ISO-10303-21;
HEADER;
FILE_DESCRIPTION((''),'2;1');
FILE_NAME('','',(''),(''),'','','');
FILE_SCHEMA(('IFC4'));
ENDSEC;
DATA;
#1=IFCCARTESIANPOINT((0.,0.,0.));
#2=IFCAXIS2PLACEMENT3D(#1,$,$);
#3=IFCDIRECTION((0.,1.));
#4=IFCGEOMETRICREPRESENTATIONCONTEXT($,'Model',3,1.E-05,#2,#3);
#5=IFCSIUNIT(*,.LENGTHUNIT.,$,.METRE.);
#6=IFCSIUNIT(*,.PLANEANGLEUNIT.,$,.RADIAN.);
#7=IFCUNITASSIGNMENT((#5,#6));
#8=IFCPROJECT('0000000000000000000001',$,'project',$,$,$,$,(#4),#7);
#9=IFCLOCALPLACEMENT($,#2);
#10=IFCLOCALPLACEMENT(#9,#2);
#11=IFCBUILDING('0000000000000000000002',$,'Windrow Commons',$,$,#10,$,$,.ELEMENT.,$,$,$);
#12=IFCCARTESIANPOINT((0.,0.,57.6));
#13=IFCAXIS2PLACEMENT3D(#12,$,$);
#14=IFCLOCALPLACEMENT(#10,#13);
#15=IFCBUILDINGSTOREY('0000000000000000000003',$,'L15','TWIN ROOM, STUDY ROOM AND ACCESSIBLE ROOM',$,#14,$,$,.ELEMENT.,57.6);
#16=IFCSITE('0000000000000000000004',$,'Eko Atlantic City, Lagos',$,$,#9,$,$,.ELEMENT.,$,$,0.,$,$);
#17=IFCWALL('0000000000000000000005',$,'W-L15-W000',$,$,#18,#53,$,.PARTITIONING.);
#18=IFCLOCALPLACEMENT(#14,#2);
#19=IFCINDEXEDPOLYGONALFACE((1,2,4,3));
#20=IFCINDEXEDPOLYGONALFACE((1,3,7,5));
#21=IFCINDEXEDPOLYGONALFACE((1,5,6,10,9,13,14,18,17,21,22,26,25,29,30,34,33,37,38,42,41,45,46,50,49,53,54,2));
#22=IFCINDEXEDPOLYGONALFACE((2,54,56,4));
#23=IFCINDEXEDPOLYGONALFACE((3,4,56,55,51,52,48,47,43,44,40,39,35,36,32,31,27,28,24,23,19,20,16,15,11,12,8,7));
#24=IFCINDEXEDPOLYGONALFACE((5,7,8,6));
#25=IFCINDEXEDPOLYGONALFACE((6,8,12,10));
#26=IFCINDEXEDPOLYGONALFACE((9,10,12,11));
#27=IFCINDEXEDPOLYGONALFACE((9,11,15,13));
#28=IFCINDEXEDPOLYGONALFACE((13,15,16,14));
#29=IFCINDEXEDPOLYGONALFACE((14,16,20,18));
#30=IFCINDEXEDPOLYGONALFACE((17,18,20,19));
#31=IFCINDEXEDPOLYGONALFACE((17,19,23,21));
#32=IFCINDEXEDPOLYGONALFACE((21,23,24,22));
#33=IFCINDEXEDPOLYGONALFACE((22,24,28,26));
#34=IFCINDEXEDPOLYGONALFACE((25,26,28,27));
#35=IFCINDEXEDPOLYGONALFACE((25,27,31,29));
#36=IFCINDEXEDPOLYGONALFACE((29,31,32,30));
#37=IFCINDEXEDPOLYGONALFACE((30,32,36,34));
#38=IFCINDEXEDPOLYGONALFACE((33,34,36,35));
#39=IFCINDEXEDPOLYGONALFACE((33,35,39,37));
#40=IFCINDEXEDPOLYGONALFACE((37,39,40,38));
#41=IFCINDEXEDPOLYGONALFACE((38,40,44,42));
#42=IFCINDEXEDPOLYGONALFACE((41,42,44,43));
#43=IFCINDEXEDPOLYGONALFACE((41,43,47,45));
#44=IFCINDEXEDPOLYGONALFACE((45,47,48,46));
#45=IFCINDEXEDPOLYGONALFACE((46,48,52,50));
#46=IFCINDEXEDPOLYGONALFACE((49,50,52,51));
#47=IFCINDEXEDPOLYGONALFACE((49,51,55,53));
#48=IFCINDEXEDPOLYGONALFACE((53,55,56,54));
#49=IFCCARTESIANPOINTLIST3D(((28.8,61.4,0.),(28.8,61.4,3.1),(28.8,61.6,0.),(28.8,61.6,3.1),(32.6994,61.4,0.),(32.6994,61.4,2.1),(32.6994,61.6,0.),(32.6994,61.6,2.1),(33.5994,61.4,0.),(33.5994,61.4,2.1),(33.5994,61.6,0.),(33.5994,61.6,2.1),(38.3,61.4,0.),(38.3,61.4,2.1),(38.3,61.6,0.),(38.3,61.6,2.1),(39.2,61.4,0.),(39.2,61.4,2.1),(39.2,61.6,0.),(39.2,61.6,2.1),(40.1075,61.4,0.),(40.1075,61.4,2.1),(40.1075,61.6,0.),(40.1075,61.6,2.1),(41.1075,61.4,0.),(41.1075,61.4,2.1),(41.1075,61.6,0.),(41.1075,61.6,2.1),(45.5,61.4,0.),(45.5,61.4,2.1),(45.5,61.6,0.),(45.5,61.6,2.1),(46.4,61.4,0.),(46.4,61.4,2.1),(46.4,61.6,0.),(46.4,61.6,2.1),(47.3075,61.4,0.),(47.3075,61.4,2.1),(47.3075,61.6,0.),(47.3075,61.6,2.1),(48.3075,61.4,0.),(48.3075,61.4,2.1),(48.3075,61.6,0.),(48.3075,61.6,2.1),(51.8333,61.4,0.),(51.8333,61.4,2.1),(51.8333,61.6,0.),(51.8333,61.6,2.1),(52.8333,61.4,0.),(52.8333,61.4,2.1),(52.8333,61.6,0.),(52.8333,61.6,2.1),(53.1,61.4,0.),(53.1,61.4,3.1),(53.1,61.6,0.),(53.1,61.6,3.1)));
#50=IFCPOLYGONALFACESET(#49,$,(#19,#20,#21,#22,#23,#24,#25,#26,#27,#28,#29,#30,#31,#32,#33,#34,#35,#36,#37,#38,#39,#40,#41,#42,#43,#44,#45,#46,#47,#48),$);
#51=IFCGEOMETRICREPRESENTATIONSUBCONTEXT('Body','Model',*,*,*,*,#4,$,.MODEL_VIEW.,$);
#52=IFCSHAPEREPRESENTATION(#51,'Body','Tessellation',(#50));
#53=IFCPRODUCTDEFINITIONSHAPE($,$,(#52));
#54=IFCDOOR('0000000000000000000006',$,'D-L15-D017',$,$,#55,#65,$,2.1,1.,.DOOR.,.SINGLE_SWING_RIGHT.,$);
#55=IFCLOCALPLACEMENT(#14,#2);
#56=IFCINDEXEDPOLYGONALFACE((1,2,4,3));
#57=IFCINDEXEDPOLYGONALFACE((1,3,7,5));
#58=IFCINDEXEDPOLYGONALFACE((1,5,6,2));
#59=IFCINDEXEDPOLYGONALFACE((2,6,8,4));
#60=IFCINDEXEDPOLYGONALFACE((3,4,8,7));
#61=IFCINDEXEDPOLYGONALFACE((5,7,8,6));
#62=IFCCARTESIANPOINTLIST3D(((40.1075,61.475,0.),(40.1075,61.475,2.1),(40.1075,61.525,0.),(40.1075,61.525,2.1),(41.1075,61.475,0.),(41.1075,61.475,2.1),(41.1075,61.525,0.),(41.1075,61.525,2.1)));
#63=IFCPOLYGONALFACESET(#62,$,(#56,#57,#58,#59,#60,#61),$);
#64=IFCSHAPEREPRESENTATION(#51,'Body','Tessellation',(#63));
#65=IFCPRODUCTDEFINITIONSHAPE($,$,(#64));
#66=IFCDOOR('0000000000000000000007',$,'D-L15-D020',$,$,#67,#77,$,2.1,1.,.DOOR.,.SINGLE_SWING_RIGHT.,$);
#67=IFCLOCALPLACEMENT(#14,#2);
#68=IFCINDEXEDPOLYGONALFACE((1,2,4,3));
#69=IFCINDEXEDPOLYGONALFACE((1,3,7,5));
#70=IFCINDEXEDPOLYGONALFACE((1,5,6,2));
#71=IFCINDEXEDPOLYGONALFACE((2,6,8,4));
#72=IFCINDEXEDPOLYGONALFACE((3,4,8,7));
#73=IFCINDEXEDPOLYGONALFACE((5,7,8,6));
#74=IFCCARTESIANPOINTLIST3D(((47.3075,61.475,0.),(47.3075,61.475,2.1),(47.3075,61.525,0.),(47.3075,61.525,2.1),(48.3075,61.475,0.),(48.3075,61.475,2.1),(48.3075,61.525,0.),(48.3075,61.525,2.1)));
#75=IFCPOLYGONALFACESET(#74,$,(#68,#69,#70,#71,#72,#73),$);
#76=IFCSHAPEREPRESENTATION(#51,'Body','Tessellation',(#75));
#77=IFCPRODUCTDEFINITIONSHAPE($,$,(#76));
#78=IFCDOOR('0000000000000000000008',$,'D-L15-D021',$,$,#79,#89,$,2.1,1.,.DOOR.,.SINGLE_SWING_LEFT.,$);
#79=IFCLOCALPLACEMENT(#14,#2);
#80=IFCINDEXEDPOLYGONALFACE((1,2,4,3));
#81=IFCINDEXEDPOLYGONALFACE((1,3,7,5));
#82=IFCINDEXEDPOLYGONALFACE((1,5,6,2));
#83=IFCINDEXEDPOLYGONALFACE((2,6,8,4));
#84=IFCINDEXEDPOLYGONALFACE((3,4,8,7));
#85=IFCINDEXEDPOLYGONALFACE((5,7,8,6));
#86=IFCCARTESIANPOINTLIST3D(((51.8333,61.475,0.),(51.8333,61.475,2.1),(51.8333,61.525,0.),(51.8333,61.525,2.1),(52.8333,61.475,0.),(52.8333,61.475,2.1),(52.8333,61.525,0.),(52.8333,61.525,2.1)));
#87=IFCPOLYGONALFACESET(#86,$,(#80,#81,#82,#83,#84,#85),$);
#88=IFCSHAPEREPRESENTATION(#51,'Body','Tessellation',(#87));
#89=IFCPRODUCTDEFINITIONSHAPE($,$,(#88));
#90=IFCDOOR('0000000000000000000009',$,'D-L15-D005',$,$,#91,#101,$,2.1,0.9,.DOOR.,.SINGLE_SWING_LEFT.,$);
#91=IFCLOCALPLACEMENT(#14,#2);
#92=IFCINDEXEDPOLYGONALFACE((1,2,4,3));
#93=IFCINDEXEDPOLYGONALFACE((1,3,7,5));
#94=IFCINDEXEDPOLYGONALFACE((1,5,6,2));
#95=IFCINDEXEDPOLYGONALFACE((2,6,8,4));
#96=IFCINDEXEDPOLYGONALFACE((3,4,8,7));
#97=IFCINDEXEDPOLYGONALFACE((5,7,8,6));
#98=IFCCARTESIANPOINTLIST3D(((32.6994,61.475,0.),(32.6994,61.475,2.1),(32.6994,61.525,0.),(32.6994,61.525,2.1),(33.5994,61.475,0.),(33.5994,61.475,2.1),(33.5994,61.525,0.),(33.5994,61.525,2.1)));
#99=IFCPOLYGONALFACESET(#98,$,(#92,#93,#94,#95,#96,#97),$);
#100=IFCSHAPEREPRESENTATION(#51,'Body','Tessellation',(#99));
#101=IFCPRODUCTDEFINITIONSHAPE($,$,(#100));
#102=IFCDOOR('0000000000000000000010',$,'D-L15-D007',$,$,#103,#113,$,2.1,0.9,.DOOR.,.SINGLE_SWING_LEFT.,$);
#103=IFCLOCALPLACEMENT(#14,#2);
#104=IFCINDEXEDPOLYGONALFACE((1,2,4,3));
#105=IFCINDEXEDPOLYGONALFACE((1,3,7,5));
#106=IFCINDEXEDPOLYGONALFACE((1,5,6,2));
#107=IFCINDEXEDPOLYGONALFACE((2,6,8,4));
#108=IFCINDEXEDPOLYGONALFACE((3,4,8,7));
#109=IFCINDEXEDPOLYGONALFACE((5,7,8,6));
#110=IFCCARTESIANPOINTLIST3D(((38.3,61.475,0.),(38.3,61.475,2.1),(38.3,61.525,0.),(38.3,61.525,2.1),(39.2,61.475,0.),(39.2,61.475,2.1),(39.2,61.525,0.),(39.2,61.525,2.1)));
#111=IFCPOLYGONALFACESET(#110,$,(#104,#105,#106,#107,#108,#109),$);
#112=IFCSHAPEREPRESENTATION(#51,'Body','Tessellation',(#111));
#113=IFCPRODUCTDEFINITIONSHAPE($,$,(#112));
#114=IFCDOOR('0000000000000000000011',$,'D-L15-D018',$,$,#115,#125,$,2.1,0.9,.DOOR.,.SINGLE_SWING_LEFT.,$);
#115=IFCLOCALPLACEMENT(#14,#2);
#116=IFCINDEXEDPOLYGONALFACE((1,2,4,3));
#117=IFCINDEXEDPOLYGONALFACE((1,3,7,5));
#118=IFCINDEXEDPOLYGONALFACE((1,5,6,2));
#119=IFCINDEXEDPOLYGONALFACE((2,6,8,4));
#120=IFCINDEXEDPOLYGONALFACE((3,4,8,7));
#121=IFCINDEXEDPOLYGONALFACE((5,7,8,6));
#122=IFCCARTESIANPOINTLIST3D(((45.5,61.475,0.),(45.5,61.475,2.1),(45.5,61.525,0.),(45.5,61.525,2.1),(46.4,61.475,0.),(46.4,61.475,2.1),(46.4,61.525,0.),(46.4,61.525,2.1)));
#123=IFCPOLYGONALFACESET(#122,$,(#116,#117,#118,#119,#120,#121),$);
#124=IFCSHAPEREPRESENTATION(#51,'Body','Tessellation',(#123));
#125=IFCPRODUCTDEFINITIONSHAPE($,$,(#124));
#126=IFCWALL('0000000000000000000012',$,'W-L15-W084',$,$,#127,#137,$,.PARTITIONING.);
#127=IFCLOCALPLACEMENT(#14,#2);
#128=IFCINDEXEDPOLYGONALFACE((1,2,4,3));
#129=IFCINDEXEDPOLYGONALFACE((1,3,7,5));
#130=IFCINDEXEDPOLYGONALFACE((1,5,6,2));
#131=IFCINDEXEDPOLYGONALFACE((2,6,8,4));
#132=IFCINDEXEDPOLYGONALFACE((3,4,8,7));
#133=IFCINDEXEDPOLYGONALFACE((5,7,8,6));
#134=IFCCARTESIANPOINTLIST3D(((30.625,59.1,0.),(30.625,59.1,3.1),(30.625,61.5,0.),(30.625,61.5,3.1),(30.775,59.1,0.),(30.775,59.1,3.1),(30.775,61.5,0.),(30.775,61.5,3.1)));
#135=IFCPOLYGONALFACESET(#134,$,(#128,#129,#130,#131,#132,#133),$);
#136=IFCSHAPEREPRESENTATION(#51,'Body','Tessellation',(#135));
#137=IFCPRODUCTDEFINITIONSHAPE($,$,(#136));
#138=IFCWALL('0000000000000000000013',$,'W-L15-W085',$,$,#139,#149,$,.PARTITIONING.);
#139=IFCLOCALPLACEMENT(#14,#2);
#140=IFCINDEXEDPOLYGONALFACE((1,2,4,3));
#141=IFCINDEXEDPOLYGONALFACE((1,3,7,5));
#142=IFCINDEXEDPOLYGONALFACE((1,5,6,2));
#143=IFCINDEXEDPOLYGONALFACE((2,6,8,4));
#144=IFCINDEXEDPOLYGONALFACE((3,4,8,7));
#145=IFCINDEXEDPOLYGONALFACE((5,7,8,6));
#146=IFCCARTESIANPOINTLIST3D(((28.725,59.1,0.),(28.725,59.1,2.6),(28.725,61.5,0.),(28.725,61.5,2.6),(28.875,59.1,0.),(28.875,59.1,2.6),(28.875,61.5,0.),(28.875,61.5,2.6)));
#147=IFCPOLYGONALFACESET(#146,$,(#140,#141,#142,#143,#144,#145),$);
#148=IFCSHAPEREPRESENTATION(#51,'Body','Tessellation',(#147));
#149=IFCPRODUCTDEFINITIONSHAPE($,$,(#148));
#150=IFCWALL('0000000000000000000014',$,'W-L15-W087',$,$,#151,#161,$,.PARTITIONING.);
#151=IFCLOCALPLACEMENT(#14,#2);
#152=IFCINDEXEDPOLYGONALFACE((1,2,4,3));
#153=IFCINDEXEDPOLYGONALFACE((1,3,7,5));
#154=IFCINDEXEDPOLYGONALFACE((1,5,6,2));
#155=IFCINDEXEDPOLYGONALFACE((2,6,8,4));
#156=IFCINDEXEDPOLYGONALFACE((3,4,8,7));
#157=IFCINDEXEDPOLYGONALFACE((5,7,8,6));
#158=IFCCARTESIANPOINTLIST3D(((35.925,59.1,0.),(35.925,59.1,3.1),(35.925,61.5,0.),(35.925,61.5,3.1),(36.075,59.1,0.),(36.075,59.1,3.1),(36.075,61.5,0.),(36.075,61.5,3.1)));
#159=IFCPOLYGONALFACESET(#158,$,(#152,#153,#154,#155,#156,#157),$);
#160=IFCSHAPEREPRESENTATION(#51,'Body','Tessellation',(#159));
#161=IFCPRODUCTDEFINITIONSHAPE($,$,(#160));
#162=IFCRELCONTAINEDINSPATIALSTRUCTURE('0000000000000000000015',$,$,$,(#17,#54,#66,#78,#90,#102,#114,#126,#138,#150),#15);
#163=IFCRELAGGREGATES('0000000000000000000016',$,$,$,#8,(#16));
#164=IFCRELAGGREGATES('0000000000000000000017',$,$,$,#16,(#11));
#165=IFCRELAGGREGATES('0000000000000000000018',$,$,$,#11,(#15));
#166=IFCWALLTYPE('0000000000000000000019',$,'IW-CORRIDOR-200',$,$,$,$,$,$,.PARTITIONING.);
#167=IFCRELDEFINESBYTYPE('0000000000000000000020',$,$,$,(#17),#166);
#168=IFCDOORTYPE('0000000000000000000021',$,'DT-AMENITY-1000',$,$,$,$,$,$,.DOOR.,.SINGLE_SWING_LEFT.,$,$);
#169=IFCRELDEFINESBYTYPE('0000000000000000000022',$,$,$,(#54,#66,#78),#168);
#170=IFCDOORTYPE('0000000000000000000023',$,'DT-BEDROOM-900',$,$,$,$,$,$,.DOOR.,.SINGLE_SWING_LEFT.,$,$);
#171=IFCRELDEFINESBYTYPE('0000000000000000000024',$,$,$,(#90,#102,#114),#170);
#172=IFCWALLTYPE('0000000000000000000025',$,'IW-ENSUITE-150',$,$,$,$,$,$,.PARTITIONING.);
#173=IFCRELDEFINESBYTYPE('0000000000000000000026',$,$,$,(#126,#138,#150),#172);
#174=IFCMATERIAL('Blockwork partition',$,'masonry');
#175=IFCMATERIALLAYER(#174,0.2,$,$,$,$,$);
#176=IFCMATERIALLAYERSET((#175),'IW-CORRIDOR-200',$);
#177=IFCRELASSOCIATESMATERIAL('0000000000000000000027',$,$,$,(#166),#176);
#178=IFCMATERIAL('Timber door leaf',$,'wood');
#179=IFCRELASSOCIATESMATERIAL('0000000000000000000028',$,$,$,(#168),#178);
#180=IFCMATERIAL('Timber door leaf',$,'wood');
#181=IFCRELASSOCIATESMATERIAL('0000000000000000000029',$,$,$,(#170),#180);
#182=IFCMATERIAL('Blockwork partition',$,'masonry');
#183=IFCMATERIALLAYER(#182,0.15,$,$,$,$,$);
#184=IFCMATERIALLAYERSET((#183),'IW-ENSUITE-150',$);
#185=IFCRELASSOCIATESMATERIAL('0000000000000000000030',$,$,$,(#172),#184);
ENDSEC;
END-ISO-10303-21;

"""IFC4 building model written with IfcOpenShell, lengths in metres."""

from ifc_helpers import new_model, si_unit, direction, frame, frame_2d, origin, place, context, subcontext, project, spatial, rectangle, extrude, material, layer, layer_set, type_object, element, fill, save


model = new_model("IFC4")

# Units and contexts
model_context = context("Model", 3, precision=1e-05, world=origin(), true_north=direction((0.0, 1.0)))
body_context = subcontext(model_context, "Body", "Model", "MODEL_VIEW")
ifc_project = project(units=[si_unit("LENGTHUNIT", "METRE"), si_unit("PLANEANGLEUNIT", "RADIAN")], contexts=[model_context])

# Site, building, storey
site_placement = place(None, origin())
site = spatial("IfcSite", under=ifc_project, at=site_placement, Name="Eko Atlantic City, Lagos", CompositionType="ELEMENT", RefElevation=0.0)
building_placement = place(site_placement, origin())
building = spatial("IfcBuilding", under=site, at=building_placement, Name="Windrow Commons", CompositionType="ELEMENT")
storey_placement = place(building_placement, frame((0.0, 0.0, 57.6)))
storey = spatial("IfcBuildingStorey", under=building, at=storey_placement, Name="L15", Description="TWIN ROOM, STUDY ROOM AND ACCESSIBLE ROOM", CompositionType="ELEMENT", Elevation=57.6)

# Wall, openings, doors
ifc_material_1 = material(Name="Blockwork partition", Category="masonry")
ifc_layer_1 = layer(ifc_material_1, 0.2)
ifc_layer_set_1 = layer_set([ifc_layer_1], Name="IW-CORRIDOR-200")
wall_type_1 = type_object("IfcWallType", Name="IW-CORRIDOR-200", PredefinedType="PARTITIONING", material=ifc_layer_set_1)
wall_1_placement = place(storey_placement, frame((28.8, 61.5, 0.0), z_axis=(0.0, 0.0, 1.0), x_axis=(1.0, 0.0, 0.0)))
wall_1 = element("IfcWall", 1, at=wall_1_placement, inside=storey, type_object=wall_type_1, Name="W-L15-W000", PredefinedType="PARTITIONING", context=body_context, shape_type="SweptSolid", body=[
    extrude(rectangle(XDim=24.3, YDim=0.2, at=frame_2d((12.15, 0.0))), origin(), (0.0, 0.0, 1.0), 3.1),
])
opening_1_placement = place(wall_1_placement, frame((3.8994, 0.0, 0.0)))
opening_1 = element("IfcOpeningElement", 2, at=opening_1_placement, cuts=wall_1, PredefinedType="OPENING", context=body_context, shape_type="SweptSolid", body=[
    extrude(rectangle(XDim=0.9, YDim=2.1, at=frame_2d((0.45, 1.05))), frame((0.0, 0.11, 0.0), z_axis=(0.0, -1.0, 0.0), x_axis=(1.0, 0.0, 0.0)), (0.0, 0.0, 1.0), 0.22),
])
opening_2_placement = place(wall_1_placement, frame((9.5, 0.0, 0.0)))
opening_2 = element("IfcOpeningElement", 3, at=opening_2_placement, cuts=wall_1, PredefinedType="OPENING", context=body_context, shape_type="SweptSolid", body=[
    extrude(rectangle(XDim=0.9, YDim=2.1, at=frame_2d((0.45, 1.05))), frame((0.0, 0.11, 0.0), z_axis=(0.0, -1.0, 0.0), x_axis=(1.0, 0.0, 0.0)), (0.0, 0.0, 1.0), 0.22),
])
opening_3_placement = place(wall_1_placement, frame((11.3075, 0.0, 0.0)))
opening_3 = element("IfcOpeningElement", 4, at=opening_3_placement, cuts=wall_1, PredefinedType="OPENING", context=body_context, shape_type="SweptSolid", body=[
    extrude(rectangle(XDim=1.0, YDim=2.1, at=frame_2d((0.5, 1.05))), frame((0.0, 0.11, 0.0), z_axis=(0.0, -1.0, 0.0), x_axis=(1.0, 0.0, 0.0)), (0.0, 0.0, 1.0), 0.22),
])
opening_4_placement = place(wall_1_placement, frame((16.7, 0.0, 0.0)))
opening_4 = element("IfcOpeningElement", 5, at=opening_4_placement, cuts=wall_1, PredefinedType="OPENING", context=body_context, shape_type="SweptSolid", body=[
    extrude(rectangle(XDim=0.9, YDim=2.1, at=frame_2d((0.45, 1.05))), frame((0.0, 0.11, 0.0), z_axis=(0.0, -1.0, 0.0), x_axis=(1.0, 0.0, 0.0)), (0.0, 0.0, 1.0), 0.22),
])
opening_5_placement = place(wall_1_placement, frame((18.5075, 0.0, 0.0)))
opening_5 = element("IfcOpeningElement", 6, at=opening_5_placement, cuts=wall_1, PredefinedType="OPENING", context=body_context, shape_type="SweptSolid", body=[
    extrude(rectangle(XDim=1.0, YDim=2.1, at=frame_2d((0.5, 1.05))), frame((0.0, 0.11, 0.0), z_axis=(0.0, -1.0, 0.0), x_axis=(1.0, 0.0, 0.0)), (0.0, 0.0, 1.0), 0.22),
])
opening_6_placement = place(wall_1_placement, frame((23.0333, 0.0, 0.0)))
opening_6 = element("IfcOpeningElement", 7, at=opening_6_placement, cuts=wall_1, PredefinedType="OPENING", context=body_context, shape_type="SweptSolid", body=[
    extrude(rectangle(XDim=1.0, YDim=2.1, at=frame_2d((0.5, 1.05))), frame((0.0, 0.11, 0.0), z_axis=(0.0, -1.0, 0.0), x_axis=(1.0, 0.0, 0.0)), (0.0, 0.0, 1.0), 0.22),
])
ifc_material_2 = material(Name="Timber door leaf", Category="wood")
door_type_1 = type_object("IfcDoorType", Name="DT-AMENITY-1000", OperationType="SINGLE_SWING_LEFT", PredefinedType="DOOR", material=ifc_material_2)
door_1_placement = place(opening_3_placement, origin())
door_1 = element("IfcDoor", 8, at=door_1_placement, inside=storey, type_object=door_type_1, Name="D-L15-D017", OperationType="SINGLE_SWING_RIGHT", OverallHeight=2.1, OverallWidth=1.0, PredefinedType="DOOR", context=body_context, shape_type="SweptSolid", body=[
    extrude(rectangle(XDim=1.0, YDim=2.1, at=frame_2d((0.5, 1.05))), frame((0.0, 0.025, 0.0), z_axis=(0.0, -1.0, 0.0), x_axis=(1.0, 0.0, 0.0)), (0.0, 0.0, 1.0), 0.05),
])
fill(opening_3, door_1)
door_2_placement = place(opening_5_placement, origin())
door_2 = element("IfcDoor", 9, at=door_2_placement, inside=storey, type_object=door_type_1, Name="D-L15-D020", OperationType="SINGLE_SWING_RIGHT", OverallHeight=2.1, OverallWidth=1.0, PredefinedType="DOOR", context=body_context, shape_type="SweptSolid", body=[
    extrude(rectangle(XDim=1.0, YDim=2.1, at=frame_2d((0.5, 1.05))), frame((0.0, 0.025, 0.0), z_axis=(0.0, -1.0, 0.0), x_axis=(1.0, 0.0, 0.0)), (0.0, 0.0, 1.0), 0.05),
])
fill(opening_5, door_2)
door_3_placement = place(opening_6_placement, origin())
door_3 = element("IfcDoor", 10, at=door_3_placement, inside=storey, type_object=door_type_1, Name="D-L15-D021", OperationType="SINGLE_SWING_LEFT", OverallHeight=2.1, OverallWidth=1.0, PredefinedType="DOOR", context=body_context, shape_type="SweptSolid", body=[
    extrude(rectangle(XDim=1.0, YDim=2.1, at=frame_2d((0.5, 1.05))), frame((0.0, 0.025, 0.0), z_axis=(0.0, -1.0, 0.0), x_axis=(1.0, 0.0, 0.0)), (0.0, 0.0, 1.0), 0.05),
])
fill(opening_6, door_3)
ifc_material_3 = material(Name="Timber door leaf", Category="wood")
door_type_2 = type_object("IfcDoorType", Name="DT-BEDROOM-900", OperationType="SINGLE_SWING_LEFT", PredefinedType="DOOR", material=ifc_material_3)
door_4_placement = place(opening_1_placement, origin())
door_4 = element("IfcDoor", 11, at=door_4_placement, inside=storey, type_object=door_type_2, Name="D-L15-D005", OperationType="SINGLE_SWING_LEFT", OverallHeight=2.1, OverallWidth=0.9, PredefinedType="DOOR", context=body_context, shape_type="SweptSolid", body=[
    extrude(rectangle(XDim=0.9, YDim=2.1, at=frame_2d((0.45, 1.05))), frame((0.0, 0.025, 0.0), z_axis=(0.0, -1.0, 0.0), x_axis=(1.0, 0.0, 0.0)), (0.0, 0.0, 1.0), 0.05),
])
fill(opening_1, door_4)
door_5_placement = place(opening_2_placement, origin())
door_5 = element("IfcDoor", 12, at=door_5_placement, inside=storey, type_object=door_type_2, Name="D-L15-D007", OperationType="SINGLE_SWING_LEFT", OverallHeight=2.1, OverallWidth=0.9, PredefinedType="DOOR", context=body_context, shape_type="SweptSolid", body=[
    extrude(rectangle(XDim=0.9, YDim=2.1, at=frame_2d((0.45, 1.05))), frame((0.0, 0.025, 0.0), z_axis=(0.0, -1.0, 0.0), x_axis=(1.0, 0.0, 0.0)), (0.0, 0.0, 1.0), 0.05),
])
fill(opening_2, door_5)
door_6_placement = place(opening_4_placement, origin())
door_6 = element("IfcDoor", 13, at=door_6_placement, inside=storey, type_object=door_type_2, Name="D-L15-D018", OperationType="SINGLE_SWING_LEFT", OverallHeight=2.1, OverallWidth=0.9, PredefinedType="DOOR", context=body_context, shape_type="SweptSolid", body=[
    extrude(rectangle(XDim=0.9, YDim=2.1, at=frame_2d((0.45, 1.05))), frame((0.0, 0.025, 0.0), z_axis=(0.0, -1.0, 0.0), x_axis=(1.0, 0.0, 0.0)), (0.0, 0.0, 1.0), 0.05),
])
fill(opening_4, door_6)

# Walls
ifc_material_4 = material(Name="Blockwork partition", Category="masonry")
ifc_layer_2 = layer(ifc_material_4, 0.15)
ifc_layer_set_2 = layer_set([ifc_layer_2], Name="IW-ENSUITE-150")
wall_type_2 = type_object("IfcWallType", Name="IW-ENSUITE-150", PredefinedType="PARTITIONING", material=ifc_layer_set_2)
wall_2_placement = place(storey_placement, frame((30.7, 59.1, 0.0), z_axis=(0.0, 0.0, 1.0), x_axis=(0.0, 1.0, 0.0)))
element("IfcWall", 14, at=wall_2_placement, inside=storey, type_object=wall_type_2, Name="W-L15-W084", PredefinedType="PARTITIONING", context=body_context, shape_type="SweptSolid", body=[
    extrude(rectangle(XDim=2.4, YDim=0.15, at=frame_2d((1.2, 0.0))), origin(), (0.0, 0.0, 1.0), 3.1),
])
wall_3_placement = place(storey_placement, frame((28.8, 59.1, 0.0), z_axis=(0.0, 0.0, 1.0), x_axis=(0.0, 1.0, 0.0)))
element("IfcWall", 15, at=wall_3_placement, inside=storey, type_object=wall_type_2, Name="W-L15-W085", PredefinedType="PARTITIONING", context=body_context, shape_type="SweptSolid", body=[
    extrude(rectangle(XDim=2.4, YDim=0.15, at=frame_2d((1.2, 0.0))), origin(), (0.0, 0.0, 1.0), 2.6),
])
wall_4_placement = place(storey_placement, frame((36.0, 59.1, 0.0), z_axis=(0.0, 0.0, 1.0), x_axis=(0.0, 1.0, 0.0)))
element("IfcWall", 16, at=wall_4_placement, inside=storey, type_object=wall_type_2, Name="W-L15-W087", PredefinedType="PARTITIONING", context=body_context, shape_type="SweptSolid", body=[
    extrude(rectangle(XDim=2.4, YDim=0.15, at=frame_2d((1.2, 0.0))), origin(), (0.0, 0.0, 1.0), 3.1),
])

save(model, "model.ifc")
